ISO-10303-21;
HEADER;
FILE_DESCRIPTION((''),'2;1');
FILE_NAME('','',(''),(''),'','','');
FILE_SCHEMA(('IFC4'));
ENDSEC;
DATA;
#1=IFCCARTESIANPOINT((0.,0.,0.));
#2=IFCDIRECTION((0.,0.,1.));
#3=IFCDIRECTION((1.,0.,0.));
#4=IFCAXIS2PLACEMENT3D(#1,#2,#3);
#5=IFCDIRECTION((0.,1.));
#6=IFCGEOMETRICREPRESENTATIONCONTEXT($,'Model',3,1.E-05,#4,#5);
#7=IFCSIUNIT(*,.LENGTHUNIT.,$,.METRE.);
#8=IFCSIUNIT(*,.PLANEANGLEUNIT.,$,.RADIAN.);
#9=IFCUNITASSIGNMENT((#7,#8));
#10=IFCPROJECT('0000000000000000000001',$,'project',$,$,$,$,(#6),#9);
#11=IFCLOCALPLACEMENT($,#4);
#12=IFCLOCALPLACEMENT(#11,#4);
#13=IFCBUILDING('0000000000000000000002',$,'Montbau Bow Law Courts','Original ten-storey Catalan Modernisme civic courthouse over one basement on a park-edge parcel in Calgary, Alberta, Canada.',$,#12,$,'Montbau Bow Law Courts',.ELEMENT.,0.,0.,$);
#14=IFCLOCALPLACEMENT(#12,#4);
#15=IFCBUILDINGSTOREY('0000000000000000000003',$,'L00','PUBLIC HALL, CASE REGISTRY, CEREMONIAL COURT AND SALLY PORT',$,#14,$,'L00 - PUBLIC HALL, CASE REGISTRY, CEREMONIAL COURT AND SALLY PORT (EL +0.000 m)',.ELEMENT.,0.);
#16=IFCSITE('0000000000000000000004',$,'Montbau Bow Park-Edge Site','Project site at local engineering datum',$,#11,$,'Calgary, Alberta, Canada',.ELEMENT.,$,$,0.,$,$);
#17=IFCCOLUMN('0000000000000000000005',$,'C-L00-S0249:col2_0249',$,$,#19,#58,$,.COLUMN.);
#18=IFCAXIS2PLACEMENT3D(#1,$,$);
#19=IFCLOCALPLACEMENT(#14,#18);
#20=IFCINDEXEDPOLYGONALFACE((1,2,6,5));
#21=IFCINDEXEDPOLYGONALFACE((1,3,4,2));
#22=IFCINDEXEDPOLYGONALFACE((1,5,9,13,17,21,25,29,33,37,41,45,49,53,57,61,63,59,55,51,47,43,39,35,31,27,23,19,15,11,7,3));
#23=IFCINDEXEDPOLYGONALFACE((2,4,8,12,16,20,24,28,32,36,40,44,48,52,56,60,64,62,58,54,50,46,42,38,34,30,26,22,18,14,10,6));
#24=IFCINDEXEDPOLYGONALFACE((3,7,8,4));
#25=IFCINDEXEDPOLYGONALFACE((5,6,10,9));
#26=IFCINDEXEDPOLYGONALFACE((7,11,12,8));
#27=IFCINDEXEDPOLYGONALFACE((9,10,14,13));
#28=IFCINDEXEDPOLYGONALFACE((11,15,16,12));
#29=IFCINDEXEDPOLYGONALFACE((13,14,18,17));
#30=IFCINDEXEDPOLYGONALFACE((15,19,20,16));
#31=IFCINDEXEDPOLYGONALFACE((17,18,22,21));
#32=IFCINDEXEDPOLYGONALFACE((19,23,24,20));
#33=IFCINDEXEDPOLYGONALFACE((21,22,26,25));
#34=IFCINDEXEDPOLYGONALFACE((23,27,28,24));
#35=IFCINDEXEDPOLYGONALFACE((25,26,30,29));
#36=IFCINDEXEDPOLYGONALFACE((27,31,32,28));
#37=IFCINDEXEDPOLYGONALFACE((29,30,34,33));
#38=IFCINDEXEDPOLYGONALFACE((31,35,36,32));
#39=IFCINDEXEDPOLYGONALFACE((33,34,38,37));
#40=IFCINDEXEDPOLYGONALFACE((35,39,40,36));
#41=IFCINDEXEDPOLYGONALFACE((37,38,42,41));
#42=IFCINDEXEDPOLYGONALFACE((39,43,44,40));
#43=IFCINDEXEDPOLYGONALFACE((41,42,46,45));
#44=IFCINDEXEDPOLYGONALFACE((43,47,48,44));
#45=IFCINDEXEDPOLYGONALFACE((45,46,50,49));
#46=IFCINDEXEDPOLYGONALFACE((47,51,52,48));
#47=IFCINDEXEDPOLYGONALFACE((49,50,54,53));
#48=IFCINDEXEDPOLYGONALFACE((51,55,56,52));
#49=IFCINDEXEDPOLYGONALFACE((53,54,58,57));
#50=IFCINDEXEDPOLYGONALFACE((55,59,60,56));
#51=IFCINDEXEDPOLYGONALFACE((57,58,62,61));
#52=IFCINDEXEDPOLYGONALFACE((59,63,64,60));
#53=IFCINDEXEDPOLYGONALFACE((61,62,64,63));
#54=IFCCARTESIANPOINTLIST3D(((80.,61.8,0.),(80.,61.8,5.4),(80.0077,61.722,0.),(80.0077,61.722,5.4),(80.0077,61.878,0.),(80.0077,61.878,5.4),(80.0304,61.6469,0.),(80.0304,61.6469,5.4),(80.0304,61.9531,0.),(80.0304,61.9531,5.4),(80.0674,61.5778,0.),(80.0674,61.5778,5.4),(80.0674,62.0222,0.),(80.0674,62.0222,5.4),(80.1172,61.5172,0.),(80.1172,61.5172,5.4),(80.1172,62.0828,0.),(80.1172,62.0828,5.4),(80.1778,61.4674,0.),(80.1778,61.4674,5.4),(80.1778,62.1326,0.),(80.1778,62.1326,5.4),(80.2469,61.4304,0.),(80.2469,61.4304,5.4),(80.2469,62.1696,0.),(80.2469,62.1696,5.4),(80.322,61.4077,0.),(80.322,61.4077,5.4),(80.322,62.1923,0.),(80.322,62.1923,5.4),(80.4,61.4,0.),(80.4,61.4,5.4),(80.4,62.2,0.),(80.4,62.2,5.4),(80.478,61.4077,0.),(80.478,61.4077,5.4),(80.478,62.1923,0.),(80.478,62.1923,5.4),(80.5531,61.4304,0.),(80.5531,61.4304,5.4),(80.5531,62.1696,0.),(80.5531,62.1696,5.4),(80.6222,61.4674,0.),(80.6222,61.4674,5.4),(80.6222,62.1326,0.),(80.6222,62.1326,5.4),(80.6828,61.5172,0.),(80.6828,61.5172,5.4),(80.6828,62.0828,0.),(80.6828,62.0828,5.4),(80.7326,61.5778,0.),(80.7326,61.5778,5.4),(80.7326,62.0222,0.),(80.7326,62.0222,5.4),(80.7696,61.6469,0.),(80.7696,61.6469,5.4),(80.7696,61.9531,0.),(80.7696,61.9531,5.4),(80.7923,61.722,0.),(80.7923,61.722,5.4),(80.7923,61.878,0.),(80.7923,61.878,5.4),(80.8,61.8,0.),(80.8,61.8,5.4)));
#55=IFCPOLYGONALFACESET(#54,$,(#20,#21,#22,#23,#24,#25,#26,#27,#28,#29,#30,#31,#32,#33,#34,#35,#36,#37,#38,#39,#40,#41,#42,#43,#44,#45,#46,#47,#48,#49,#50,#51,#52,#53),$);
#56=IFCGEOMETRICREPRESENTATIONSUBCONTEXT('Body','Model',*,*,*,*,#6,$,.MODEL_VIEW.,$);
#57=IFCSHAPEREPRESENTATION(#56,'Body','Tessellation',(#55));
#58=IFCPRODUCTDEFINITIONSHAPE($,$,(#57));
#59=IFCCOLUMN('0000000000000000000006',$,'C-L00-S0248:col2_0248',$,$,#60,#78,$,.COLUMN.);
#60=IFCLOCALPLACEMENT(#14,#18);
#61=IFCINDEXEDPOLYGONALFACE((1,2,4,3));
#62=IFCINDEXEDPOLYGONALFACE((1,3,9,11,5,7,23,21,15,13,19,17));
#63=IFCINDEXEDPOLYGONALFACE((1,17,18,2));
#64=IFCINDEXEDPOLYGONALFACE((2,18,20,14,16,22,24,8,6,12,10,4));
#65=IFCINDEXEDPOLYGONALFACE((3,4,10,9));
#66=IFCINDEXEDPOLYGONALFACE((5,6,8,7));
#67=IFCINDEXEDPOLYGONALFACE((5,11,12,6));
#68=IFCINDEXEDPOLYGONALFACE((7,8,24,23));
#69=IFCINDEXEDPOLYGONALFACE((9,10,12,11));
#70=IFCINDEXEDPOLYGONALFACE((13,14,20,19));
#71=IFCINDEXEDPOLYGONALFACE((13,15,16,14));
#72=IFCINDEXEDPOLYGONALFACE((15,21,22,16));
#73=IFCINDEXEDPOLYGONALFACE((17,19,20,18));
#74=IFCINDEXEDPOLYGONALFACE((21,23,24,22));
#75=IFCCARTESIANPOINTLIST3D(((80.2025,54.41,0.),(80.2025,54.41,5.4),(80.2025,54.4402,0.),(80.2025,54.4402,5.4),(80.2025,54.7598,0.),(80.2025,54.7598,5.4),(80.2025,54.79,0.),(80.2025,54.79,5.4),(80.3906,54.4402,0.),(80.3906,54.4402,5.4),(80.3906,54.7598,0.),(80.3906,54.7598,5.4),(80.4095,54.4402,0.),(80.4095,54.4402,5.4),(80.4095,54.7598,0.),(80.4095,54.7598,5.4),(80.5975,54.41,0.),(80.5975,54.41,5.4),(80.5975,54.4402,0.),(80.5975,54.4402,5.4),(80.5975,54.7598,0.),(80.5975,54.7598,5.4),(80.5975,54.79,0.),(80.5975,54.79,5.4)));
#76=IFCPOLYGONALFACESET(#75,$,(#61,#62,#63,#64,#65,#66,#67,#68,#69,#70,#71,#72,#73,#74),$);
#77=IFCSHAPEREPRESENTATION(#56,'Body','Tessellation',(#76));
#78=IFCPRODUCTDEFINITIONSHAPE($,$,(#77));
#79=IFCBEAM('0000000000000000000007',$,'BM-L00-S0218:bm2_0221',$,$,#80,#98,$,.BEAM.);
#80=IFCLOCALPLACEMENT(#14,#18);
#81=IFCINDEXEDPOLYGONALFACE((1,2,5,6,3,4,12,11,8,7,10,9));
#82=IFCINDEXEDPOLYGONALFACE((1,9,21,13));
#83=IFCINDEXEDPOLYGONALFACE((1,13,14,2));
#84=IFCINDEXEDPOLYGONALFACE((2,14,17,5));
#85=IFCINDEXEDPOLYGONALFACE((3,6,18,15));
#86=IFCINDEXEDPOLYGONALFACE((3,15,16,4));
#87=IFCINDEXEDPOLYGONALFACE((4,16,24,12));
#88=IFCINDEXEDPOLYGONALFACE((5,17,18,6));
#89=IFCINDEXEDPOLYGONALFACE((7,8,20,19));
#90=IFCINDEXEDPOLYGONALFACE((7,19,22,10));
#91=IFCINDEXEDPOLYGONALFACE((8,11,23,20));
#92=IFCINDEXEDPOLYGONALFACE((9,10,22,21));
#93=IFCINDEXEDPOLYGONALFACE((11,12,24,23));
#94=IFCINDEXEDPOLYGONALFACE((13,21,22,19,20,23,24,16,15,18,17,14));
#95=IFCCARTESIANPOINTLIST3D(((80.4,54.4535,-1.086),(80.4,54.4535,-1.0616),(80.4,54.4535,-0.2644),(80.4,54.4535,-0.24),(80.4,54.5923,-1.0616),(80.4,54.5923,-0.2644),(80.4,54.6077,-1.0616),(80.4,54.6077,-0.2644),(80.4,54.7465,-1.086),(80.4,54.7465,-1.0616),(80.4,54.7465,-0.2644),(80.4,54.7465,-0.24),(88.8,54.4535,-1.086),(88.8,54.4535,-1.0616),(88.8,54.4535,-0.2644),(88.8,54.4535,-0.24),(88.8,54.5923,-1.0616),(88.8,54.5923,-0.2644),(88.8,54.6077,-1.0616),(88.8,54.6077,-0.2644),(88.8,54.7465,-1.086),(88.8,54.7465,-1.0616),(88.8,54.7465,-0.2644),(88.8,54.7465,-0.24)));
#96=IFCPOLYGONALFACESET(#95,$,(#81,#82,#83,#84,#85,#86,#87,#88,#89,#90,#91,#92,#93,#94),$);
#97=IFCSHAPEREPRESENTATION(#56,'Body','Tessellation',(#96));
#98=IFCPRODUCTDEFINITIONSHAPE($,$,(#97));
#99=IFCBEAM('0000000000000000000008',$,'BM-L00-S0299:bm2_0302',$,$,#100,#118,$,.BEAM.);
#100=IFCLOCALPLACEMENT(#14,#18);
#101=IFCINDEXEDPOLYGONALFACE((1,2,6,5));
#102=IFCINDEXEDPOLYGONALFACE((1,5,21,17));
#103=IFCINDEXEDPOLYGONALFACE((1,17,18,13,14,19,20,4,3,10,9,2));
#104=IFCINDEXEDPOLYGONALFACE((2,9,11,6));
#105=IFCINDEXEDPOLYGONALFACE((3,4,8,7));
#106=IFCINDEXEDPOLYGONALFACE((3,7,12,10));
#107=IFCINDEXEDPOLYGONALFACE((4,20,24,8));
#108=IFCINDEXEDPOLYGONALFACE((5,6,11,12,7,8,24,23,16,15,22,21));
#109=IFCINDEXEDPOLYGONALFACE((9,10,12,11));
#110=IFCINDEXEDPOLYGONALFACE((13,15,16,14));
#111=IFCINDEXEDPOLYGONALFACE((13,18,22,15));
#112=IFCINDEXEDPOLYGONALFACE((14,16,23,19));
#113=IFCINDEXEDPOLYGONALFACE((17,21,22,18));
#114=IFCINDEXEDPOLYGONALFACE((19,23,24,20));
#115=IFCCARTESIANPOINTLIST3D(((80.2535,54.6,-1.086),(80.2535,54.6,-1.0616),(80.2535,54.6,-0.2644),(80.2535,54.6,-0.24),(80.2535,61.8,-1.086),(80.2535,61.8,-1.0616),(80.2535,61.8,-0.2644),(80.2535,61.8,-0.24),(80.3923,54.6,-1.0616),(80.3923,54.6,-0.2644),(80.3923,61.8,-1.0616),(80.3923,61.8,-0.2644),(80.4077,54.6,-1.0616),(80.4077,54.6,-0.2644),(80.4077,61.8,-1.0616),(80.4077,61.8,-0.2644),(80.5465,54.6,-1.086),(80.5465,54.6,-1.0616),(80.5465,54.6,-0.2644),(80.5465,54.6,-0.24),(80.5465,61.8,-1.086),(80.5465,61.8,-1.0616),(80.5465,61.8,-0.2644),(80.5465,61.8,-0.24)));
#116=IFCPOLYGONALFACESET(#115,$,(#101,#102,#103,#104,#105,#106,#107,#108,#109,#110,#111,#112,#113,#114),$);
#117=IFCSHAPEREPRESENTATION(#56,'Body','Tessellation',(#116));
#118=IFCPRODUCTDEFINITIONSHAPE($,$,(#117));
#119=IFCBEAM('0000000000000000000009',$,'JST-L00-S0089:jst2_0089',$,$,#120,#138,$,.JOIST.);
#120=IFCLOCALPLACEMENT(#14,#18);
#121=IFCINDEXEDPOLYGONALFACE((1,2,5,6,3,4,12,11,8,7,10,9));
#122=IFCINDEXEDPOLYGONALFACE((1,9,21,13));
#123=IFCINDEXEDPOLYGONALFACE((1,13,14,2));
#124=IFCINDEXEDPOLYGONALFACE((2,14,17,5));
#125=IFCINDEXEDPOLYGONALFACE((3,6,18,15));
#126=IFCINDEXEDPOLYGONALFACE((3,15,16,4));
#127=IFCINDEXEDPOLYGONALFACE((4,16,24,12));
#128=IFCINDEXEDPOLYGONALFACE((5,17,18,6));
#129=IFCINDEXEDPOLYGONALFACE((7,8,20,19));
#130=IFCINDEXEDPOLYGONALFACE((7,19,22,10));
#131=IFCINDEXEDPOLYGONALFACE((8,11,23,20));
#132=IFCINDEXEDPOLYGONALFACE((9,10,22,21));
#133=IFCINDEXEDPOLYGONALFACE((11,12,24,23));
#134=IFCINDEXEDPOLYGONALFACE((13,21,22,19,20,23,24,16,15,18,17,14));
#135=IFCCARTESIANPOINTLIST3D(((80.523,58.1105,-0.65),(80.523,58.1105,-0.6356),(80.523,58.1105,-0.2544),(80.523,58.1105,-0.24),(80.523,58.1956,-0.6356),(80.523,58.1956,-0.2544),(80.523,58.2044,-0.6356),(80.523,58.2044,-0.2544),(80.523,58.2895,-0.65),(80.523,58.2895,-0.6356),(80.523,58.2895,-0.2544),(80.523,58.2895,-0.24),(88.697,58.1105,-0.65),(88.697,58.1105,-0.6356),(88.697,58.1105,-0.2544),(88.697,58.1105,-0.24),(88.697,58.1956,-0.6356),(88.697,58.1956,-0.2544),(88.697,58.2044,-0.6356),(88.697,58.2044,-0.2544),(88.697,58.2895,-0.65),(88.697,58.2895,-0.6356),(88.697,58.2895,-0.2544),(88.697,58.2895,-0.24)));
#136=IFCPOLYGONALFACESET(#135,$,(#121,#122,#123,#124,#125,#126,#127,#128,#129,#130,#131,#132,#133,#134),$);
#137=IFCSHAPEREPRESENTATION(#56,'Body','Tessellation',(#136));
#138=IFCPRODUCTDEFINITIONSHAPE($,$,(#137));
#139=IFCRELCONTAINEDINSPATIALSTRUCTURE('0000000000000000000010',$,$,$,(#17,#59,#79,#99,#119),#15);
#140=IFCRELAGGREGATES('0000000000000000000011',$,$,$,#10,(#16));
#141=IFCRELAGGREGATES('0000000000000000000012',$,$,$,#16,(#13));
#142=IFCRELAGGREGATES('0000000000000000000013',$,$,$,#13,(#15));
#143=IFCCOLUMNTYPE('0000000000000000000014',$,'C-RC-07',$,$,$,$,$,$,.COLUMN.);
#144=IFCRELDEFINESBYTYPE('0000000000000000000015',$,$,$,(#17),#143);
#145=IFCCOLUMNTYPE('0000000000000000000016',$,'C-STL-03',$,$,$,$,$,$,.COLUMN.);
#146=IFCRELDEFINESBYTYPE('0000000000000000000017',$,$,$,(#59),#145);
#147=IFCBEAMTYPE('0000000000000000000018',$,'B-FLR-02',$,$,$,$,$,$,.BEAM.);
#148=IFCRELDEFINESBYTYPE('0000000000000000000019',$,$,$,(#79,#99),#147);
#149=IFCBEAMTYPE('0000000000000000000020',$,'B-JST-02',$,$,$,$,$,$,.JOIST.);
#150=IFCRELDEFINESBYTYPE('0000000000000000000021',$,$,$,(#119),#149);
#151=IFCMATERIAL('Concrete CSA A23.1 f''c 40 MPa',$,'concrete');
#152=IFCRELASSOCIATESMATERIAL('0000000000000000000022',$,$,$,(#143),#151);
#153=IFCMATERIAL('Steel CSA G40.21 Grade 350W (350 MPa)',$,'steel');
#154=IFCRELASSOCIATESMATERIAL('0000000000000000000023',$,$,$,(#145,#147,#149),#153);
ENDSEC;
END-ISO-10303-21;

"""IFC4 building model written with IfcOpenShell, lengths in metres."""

from ifc_helpers import new_model, si_unit, direction, frame, origin_with_axes, origin_2d_with_axis, place, context, subcontext, project, spatial, circle, i_section, extrude, material, material_profile, profile_set, type_object, element, save


model = new_model("IFC4")

# Units and contexts
model_context = context("Model", 3, precision=1e-05, world=origin_with_axes(), true_north=direction((0.0, 1.0)))
body_context = subcontext(model_context, "Body", "Model", "MODEL_VIEW")
ifc_project = project(units=[si_unit("LENGTHUNIT", "METRE"), si_unit("PLANEANGLEUNIT", "RADIAN")], contexts=[model_context])

# Site, building, storey
site_placement = place(None, origin_with_axes())
site = spatial("IfcSite", under=ifc_project, at=site_placement, Name="Montbau Bow Park-Edge Site", Description="Project site at local engineering datum", LongName="Calgary, Alberta, Canada", CompositionType="ELEMENT", RefElevation=0.0)
building_placement = place(site_placement, origin_with_axes())
building = spatial("IfcBuilding", under=site, at=building_placement, Name="Montbau Bow Law Courts", Description="Original ten-storey Catalan Modernisme civic courthouse over one basement on a park-edge parcel in Calgary, Alberta, Canada.", LongName="Montbau Bow Law Courts", CompositionType="ELEMENT", ElevationOfRefHeight=0.0, ElevationOfTerrain=0.0)
storey_placement = place(building_placement, origin_with_axes())
storey = spatial("IfcBuildingStorey", under=building, at=storey_placement, Name="L00", Description="PUBLIC HALL, CASE REGISTRY, CEREMONIAL COURT AND SALLY PORT", LongName="L00 - PUBLIC HALL, CASE REGISTRY, CEREMONIAL COURT AND SALLY PORT (EL +0.000 m)", CompositionType="ELEMENT", Elevation=0.0)

# Columns
ifc_material_1 = material(Name="Concrete CSA A23.1 f'c 40 MPa", Category="concrete")
ifc_material_profile_1 = material_profile(ifc_material_1, circle(Radius=0.4, at=origin_2d_with_axis()), Name="RC800D", Category="Main", Priority=0)
ifc_profile_set_1 = profile_set([ifc_material_profile_1], Name="Concrete CSA A23.1 f'c 40 MPa")
column_type_1 = type_object("IfcColumnType", Name="C-RC-07", PredefinedType="COLUMN", material=ifc_profile_set_1)
column_1_placement = place(None, frame((80.4, 61.8, 0.0), z_axis=(0.0, 0.0, 1.0), x_axis=(1.0, 0.0, 0.0)))
element("IfcColumn", 1, at=column_1_placement, inside=storey, type_object=column_type_1, Name="C-L00-S0249:col2_0249", PredefinedType="COLUMN", context=body_context, shape_type="SweptSolid", body=[
    extrude(circle(Radius=0.4, at=origin_2d_with_axis()), origin_with_axes(), (0.0, 0.0, 1.0), 5.4),
])
ifc_material_2 = material(Name="Steel CSA G40.21 Grade 350W (350 MPa)", Category="steel")
ifc_material_profile_2 = material_profile(ifc_material_2, i_section(OverallWidth=0.395, OverallDepth=0.38, WebThickness=0.0189, FlangeThickness=0.0302, at=origin_2d_with_axis()), Name="W360X237", Category="Main", Priority=0)
ifc_profile_set_2 = profile_set([ifc_material_profile_2], Name="Steel CSA G40.21 Grade 350W (350 MPa)")
column_type_2 = type_object("IfcColumnType", Name="C-STL-03", PredefinedType="COLUMN", material=ifc_profile_set_2)
column_2_placement = place(None, frame((80.4, 54.6, 0.0), z_axis=(0.0, 0.0, 1.0), x_axis=(1.0, 0.0, 0.0)))
element("IfcColumn", 2, at=column_2_placement, inside=storey, type_object=column_type_2, Name="C-L00-S0248:col2_0248", PredefinedType="COLUMN", context=body_context, shape_type="SweptSolid", body=[
    extrude(i_section(OverallWidth=0.395, OverallDepth=0.38, WebThickness=0.0189, FlangeThickness=0.0302, at=origin_2d_with_axis()), origin_with_axes(), (0.0, 0.0, 1.0), 5.4),
])

# Beams
ifc_material_profile_3 = material_profile(ifc_material_2, i_section(OverallWidth=0.293, OverallDepth=0.846, WebThickness=0.0154, FlangeThickness=0.0244, at=origin_2d_with_axis()), Name="W840X210", Category="Main", Priority=0)
ifc_profile_set_3 = profile_set([ifc_material_profile_3], Name="Steel CSA G40.21 Grade 350W (350 MPa)")
beam_type_1 = type_object("IfcBeamType", Name="B-FLR-02", PredefinedType="BEAM", material=ifc_profile_set_3)
beam_1_placement = place(None, frame((80.4, 54.6, -0.663), z_axis=(1.0, 0.0, 0.0), x_axis=(0.0, 1.0, 0.0)))
element("IfcBeam", 3, at=beam_1_placement, inside=storey, type_object=beam_type_1, Name="BM-L00-S0218:bm2_0221", PredefinedType="BEAM", context=body_context, shape_type="SweptSolid", body=[
    extrude(i_section(OverallWidth=0.293, OverallDepth=0.846, WebThickness=0.0154, FlangeThickness=0.0244, at=origin_2d_with_axis()), origin_with_axes(), (0.0, 0.0, 1.0), 8.4),
])
beam_2_placement = place(None, frame((80.4, 54.6, -0.663), z_axis=(0.0, 1.0, 0.0), x_axis=(-1.0, 0.0, 0.0)))
element("IfcBeam", 4, at=beam_2_placement, inside=storey, type_object=beam_type_1, Name="BM-L00-S0299:bm2_0302", PredefinedType="BEAM", context=body_context, shape_type="SweptSolid", body=[
    extrude(i_section(OverallWidth=0.293, OverallDepth=0.846, WebThickness=0.0154, FlangeThickness=0.0244, at=origin_2d_with_axis()), origin_with_axes(), (0.0, 0.0, 1.0), 7.2),
])
ifc_material_profile_4 = material_profile(ifc_material_2, i_section(OverallWidth=0.179, OverallDepth=0.41, WebThickness=0.0088, FlangeThickness=0.0144, at=origin_2d_with_axis()), Name="W410X67", Category="Main", Priority=0)
ifc_profile_set_4 = profile_set([ifc_material_profile_4], Name="Steel CSA G40.21 Grade 350W (350 MPa)")
beam_type_2 = type_object("IfcBeamType", Name="B-JST-02", PredefinedType="JOIST", material=ifc_profile_set_4)
beam_3_placement = place(None, frame((80.523, 58.2, -0.445), z_axis=(1.0, 0.0, 0.0), x_axis=(0.0, 1.0, 0.0)))
element("IfcBeam", 5, at=beam_3_placement, inside=storey, type_object=beam_type_2, Name="JST-L00-S0089:jst2_0089", PredefinedType="JOIST", context=body_context, shape_type="SweptSolid", body=[
    extrude(i_section(OverallWidth=0.179, OverallDepth=0.41, WebThickness=0.0088, FlangeThickness=0.0144, at=origin_2d_with_axis()), origin_with_axes(), (0.0, 0.0, 1.0), 8.174),
])

save(model, "model.ifc")
